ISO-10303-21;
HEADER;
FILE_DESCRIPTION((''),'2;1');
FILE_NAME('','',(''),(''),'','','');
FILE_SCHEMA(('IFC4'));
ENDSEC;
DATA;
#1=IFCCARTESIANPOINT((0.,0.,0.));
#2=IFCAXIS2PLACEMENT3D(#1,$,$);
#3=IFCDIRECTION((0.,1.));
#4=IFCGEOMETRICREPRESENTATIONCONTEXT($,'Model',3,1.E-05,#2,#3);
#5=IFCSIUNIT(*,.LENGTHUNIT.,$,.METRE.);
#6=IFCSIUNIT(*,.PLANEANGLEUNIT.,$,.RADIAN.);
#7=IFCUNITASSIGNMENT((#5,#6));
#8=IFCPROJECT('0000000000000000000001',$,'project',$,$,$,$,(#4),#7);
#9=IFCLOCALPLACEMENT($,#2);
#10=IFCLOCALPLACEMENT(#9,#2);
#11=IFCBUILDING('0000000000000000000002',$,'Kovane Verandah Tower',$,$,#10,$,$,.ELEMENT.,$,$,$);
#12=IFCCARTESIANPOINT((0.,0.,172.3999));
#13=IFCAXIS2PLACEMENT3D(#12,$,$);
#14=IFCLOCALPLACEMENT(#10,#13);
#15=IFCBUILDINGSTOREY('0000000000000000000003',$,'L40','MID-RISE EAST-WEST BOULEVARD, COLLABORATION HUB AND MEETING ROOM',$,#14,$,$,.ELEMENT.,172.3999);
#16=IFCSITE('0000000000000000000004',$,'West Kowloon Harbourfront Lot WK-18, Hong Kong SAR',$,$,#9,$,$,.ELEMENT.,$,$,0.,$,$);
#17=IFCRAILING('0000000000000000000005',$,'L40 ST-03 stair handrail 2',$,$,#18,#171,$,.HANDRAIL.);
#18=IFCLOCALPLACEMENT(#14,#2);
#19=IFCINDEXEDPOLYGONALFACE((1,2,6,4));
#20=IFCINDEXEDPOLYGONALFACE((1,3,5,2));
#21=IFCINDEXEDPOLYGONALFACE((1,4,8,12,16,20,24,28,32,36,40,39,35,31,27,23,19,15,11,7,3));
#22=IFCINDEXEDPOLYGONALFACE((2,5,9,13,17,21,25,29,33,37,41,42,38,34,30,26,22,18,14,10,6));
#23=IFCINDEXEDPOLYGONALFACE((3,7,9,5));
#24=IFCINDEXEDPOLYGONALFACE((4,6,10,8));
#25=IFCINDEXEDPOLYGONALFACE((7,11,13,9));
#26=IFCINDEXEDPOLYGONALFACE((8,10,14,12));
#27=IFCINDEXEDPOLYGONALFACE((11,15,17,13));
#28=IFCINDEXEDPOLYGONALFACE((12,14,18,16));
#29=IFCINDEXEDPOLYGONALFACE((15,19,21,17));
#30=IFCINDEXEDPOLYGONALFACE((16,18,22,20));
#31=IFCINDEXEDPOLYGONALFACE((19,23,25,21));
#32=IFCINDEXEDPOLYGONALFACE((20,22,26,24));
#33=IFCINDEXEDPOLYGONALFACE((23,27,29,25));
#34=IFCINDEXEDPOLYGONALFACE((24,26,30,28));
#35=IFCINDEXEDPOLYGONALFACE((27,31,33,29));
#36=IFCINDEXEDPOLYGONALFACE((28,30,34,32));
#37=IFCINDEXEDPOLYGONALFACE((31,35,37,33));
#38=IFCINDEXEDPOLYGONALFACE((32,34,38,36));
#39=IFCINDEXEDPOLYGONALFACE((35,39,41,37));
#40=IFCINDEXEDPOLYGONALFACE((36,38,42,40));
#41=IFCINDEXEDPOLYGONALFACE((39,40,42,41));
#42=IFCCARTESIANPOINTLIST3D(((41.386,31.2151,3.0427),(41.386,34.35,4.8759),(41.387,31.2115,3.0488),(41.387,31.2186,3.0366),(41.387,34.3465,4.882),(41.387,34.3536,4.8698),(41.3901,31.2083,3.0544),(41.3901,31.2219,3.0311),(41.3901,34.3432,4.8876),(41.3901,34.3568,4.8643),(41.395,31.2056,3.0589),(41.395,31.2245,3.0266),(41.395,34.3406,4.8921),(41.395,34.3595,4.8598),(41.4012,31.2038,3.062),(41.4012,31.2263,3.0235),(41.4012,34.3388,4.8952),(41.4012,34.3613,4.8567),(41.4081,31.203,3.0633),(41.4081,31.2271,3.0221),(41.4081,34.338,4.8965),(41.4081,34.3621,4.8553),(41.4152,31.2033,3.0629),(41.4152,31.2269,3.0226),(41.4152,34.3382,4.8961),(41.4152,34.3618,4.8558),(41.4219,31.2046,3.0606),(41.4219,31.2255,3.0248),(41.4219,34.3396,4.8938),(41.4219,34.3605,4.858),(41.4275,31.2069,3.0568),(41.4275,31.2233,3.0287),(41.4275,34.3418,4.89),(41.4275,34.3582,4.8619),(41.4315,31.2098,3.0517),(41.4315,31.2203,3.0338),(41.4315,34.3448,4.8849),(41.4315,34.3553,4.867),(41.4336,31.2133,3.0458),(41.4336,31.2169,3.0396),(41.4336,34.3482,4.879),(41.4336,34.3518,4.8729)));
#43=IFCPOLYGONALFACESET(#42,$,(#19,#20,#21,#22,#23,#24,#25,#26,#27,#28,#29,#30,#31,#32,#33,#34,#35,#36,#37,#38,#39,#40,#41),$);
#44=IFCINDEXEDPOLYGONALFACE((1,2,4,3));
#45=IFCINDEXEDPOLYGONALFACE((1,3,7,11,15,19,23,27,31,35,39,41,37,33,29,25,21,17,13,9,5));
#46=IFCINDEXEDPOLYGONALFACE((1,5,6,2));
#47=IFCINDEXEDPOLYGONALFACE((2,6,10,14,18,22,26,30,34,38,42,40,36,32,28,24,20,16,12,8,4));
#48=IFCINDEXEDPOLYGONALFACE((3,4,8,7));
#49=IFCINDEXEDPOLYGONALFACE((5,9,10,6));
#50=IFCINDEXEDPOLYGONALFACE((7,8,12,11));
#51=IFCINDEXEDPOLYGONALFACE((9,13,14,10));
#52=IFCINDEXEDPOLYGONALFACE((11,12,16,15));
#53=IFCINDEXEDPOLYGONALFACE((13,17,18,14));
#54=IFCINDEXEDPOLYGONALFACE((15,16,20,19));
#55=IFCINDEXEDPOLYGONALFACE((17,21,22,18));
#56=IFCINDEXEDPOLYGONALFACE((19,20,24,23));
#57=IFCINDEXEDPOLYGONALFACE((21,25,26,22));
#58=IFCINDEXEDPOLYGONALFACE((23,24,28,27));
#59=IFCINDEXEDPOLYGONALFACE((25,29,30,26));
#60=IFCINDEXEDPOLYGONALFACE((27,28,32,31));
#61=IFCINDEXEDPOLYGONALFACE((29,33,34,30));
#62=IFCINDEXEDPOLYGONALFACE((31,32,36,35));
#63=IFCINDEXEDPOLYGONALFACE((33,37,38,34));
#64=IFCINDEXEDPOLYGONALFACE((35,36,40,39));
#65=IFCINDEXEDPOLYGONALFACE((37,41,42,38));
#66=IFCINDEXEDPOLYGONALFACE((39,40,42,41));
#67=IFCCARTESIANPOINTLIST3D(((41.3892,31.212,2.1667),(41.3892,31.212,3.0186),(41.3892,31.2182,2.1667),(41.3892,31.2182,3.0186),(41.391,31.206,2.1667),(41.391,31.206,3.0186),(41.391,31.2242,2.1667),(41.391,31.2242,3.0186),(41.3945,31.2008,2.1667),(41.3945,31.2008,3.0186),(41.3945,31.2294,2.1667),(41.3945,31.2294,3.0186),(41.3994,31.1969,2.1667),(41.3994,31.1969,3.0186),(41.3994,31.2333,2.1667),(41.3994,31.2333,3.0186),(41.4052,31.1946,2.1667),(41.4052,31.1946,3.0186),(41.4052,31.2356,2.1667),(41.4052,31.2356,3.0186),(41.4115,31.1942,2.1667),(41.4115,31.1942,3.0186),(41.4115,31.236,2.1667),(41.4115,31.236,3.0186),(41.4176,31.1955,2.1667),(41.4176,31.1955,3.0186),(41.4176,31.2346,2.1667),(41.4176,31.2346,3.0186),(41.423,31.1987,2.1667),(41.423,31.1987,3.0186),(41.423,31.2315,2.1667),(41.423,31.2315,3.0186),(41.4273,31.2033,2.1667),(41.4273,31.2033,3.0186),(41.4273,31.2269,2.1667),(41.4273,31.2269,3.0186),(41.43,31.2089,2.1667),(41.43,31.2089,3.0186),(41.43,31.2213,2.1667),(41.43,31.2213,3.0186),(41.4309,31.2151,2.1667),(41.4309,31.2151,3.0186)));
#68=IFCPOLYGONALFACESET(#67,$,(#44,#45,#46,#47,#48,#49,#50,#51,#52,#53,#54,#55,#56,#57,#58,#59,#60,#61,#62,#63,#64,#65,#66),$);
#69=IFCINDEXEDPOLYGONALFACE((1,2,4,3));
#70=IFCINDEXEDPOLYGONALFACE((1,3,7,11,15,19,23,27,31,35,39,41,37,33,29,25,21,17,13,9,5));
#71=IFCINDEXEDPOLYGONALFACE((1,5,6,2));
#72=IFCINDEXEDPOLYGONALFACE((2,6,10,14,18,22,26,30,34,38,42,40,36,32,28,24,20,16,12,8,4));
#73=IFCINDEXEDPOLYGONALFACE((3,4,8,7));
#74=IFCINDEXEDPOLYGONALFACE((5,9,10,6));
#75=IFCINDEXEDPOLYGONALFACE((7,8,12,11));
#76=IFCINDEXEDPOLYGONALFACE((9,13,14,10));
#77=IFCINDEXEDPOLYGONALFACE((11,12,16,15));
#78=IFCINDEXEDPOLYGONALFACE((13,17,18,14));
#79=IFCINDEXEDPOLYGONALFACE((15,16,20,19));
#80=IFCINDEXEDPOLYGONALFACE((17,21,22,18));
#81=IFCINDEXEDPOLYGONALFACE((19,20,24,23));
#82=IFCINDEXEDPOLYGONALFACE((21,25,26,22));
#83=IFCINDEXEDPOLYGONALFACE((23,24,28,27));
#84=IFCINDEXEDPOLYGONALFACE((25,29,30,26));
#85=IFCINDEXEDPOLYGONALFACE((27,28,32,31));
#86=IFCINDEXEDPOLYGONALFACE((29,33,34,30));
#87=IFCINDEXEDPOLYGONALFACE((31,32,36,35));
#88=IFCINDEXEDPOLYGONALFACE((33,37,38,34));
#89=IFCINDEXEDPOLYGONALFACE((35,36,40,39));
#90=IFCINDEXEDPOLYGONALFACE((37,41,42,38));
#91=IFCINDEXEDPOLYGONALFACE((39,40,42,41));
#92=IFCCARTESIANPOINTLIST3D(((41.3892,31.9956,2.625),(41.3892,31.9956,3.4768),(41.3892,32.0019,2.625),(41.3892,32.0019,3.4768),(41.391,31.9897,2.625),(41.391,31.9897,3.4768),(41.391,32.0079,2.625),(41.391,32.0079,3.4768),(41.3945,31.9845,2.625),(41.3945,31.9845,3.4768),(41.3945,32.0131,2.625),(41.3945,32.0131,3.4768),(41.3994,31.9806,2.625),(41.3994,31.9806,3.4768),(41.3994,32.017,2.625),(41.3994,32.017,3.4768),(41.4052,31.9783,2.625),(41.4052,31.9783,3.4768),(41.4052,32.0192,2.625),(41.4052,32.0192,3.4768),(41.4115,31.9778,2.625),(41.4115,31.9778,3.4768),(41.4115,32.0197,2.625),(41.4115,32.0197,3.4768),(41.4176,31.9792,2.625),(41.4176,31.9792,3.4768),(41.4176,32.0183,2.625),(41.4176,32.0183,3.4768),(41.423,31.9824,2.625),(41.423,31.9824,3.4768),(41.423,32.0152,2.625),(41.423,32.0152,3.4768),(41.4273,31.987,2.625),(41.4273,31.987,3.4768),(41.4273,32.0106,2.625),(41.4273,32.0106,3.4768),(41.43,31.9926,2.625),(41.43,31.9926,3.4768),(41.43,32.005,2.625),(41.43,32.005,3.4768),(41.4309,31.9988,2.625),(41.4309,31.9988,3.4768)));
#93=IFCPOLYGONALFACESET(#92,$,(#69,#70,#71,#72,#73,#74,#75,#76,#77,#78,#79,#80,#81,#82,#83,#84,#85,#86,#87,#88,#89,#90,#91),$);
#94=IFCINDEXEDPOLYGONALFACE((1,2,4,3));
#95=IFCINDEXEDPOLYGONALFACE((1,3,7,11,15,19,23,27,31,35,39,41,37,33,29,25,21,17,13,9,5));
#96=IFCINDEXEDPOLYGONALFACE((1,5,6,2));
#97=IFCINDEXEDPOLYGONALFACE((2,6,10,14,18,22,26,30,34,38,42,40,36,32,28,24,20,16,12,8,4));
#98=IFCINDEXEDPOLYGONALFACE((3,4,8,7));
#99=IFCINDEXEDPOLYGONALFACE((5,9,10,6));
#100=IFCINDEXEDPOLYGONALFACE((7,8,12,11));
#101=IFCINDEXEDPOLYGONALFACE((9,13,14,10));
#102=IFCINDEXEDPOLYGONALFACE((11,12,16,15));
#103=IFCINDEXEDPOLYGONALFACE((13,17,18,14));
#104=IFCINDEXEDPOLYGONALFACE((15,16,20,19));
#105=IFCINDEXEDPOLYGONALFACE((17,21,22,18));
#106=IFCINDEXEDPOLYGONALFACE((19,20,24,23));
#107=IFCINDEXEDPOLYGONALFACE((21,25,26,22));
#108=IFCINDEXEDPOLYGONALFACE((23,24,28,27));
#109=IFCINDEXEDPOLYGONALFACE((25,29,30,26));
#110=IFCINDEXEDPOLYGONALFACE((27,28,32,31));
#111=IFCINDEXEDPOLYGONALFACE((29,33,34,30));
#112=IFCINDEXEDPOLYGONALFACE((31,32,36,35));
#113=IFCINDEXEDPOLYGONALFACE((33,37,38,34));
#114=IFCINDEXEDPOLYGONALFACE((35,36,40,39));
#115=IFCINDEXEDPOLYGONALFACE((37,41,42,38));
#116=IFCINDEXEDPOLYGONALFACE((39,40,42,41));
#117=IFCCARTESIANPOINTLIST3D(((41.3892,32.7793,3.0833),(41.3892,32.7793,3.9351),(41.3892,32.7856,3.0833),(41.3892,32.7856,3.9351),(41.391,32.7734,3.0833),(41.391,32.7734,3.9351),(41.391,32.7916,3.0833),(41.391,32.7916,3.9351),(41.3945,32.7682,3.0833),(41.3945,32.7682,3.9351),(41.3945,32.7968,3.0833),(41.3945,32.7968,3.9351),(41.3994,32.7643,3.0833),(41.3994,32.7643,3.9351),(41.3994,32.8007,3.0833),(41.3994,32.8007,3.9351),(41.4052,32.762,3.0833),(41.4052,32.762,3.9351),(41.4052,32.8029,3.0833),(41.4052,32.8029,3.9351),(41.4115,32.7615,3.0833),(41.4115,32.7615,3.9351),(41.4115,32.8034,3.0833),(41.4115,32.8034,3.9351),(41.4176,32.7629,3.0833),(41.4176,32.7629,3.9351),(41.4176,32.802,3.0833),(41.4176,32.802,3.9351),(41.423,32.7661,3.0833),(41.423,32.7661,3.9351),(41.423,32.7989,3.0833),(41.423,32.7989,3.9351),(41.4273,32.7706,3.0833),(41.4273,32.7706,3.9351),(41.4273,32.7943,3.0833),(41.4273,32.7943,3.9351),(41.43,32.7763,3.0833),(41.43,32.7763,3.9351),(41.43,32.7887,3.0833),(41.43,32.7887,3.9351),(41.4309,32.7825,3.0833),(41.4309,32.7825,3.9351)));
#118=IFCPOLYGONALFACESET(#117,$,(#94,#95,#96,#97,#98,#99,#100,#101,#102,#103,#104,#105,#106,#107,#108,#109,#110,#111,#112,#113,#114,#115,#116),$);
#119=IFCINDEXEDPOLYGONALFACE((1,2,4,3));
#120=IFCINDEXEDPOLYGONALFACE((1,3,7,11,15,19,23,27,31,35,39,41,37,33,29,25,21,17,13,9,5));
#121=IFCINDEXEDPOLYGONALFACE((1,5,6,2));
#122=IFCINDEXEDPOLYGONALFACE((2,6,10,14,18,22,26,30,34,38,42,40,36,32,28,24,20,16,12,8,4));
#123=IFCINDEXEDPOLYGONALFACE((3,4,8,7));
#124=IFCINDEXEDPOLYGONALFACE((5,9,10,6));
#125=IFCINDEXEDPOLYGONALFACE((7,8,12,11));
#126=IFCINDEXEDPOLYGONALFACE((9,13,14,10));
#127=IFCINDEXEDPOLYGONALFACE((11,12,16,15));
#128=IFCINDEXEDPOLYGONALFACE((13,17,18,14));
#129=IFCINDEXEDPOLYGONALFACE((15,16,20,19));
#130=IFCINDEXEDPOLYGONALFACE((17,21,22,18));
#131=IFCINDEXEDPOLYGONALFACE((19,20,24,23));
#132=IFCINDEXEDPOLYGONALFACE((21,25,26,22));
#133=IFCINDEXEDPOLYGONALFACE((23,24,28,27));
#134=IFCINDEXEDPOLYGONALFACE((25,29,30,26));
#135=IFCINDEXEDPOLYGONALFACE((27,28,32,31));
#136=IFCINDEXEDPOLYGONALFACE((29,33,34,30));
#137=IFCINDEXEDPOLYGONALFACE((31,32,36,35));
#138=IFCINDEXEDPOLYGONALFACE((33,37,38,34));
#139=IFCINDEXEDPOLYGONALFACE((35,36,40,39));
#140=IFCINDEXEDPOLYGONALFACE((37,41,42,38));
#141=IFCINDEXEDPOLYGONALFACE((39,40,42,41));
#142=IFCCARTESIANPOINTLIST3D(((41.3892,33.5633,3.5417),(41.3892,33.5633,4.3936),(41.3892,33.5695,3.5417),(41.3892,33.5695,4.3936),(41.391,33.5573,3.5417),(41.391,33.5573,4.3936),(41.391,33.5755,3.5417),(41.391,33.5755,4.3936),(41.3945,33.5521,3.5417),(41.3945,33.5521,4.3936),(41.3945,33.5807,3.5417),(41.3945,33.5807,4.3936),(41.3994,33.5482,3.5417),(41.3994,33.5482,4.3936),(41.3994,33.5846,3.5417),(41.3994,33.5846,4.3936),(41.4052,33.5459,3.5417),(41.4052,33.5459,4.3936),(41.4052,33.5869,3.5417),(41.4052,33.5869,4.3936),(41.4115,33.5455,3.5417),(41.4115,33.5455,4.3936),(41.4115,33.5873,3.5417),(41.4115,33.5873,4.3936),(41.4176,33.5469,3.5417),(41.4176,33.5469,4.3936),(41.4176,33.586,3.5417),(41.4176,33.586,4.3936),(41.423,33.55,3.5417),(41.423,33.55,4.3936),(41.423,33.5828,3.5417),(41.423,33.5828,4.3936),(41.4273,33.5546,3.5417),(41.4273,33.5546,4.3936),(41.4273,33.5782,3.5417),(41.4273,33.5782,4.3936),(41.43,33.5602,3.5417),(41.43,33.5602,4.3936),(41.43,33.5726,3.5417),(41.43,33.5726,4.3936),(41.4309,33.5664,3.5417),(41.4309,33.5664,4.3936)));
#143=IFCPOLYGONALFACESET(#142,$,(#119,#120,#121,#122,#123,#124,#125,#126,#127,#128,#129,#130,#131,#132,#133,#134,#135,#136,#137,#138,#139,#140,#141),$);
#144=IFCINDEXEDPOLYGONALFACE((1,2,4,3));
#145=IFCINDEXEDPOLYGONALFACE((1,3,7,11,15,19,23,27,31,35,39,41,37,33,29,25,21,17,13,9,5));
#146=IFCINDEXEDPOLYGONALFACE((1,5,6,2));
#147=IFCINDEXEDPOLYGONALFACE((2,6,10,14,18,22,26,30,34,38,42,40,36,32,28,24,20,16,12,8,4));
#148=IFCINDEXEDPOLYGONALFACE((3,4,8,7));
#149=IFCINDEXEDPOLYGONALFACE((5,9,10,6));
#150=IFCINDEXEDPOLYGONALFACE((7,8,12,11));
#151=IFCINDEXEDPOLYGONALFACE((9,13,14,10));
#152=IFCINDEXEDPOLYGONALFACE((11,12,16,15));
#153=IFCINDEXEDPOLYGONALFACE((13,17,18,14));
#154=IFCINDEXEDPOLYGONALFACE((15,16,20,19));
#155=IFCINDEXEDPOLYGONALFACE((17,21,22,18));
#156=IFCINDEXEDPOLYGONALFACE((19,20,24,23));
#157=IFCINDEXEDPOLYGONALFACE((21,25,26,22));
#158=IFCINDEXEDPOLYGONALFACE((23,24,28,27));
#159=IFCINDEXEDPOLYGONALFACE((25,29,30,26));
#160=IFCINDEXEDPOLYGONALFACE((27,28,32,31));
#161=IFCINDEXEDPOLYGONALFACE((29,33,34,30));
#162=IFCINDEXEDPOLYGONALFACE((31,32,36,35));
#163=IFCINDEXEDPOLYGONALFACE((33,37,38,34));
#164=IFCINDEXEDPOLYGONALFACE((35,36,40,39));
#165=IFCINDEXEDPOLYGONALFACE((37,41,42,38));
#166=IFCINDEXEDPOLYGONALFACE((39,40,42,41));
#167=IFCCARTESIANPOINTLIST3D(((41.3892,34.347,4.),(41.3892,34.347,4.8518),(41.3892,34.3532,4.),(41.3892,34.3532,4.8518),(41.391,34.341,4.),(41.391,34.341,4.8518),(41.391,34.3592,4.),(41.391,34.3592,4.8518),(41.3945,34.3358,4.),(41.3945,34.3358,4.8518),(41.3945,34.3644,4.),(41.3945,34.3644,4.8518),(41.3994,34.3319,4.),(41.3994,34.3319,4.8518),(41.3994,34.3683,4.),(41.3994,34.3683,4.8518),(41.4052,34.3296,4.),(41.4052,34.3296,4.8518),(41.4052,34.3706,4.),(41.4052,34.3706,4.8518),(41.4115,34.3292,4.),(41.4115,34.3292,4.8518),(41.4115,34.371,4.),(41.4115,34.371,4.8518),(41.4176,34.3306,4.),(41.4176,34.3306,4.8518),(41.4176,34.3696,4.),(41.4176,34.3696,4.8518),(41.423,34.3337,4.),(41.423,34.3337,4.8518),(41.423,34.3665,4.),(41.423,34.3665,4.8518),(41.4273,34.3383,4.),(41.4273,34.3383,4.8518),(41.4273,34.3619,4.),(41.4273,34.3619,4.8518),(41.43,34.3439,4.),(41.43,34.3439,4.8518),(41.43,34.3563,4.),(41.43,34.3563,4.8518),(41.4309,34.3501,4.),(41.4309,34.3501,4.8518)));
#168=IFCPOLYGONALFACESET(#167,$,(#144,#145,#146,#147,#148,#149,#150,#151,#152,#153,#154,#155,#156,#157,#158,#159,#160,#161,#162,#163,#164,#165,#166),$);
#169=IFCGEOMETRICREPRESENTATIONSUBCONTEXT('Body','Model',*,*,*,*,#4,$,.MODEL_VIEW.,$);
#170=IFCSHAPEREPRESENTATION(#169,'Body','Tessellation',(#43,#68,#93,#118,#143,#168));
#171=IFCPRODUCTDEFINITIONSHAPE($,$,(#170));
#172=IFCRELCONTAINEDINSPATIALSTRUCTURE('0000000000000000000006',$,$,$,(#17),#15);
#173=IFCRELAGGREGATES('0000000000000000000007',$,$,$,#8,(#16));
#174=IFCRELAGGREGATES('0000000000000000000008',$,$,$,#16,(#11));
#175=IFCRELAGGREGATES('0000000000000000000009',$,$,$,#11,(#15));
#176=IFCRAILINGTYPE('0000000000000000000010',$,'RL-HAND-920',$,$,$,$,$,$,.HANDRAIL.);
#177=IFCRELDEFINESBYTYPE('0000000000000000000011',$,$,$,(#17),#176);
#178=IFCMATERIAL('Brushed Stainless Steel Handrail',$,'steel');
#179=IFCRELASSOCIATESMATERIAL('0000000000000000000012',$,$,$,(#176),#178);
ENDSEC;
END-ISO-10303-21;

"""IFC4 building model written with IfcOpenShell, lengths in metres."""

from ifc_helpers import new_model, si_unit, direction, frame, origin, origin_2d, place, context, subcontext, project, spatial, circle, extrude, material, type_object, element, save


model = new_model("IFC4")

# Units and contexts
model_context = context("Model", 3, precision=1e-05, world=origin(), true_north=direction((0.0, 1.0)))
body_context = subcontext(model_context, "Body", "Model", "MODEL_VIEW")
ifc_project = project(units=[si_unit("LENGTHUNIT", "METRE"), si_unit("PLANEANGLEUNIT", "RADIAN")], contexts=[model_context])

# Site, building, storey
site_placement = place(None, origin())
site = spatial("IfcSite", under=ifc_project, at=site_placement, Name="West Kowloon Harbourfront Lot WK-18, Hong Kong SAR", CompositionType="ELEMENT", RefElevation=0.0)
building_placement = place(site_placement, origin())
building = spatial("IfcBuilding", under=site, at=building_placement, Name="Kovane Verandah Tower", CompositionType="ELEMENT")
storey_placement = place(building_placement, frame((0.0, 0.0, 172.3999)))
storey = spatial("IfcBuildingStorey", under=building, at=storey_placement, Name="L40", Description="MID-RISE EAST-WEST BOULEVARD, COLLABORATION HUB AND MEETING ROOM", CompositionType="ELEMENT", Elevation=172.3999)

# Railing
ifc_material_1 = material(Name="Brushed Stainless Steel Handrail", Category="steel")
railing_type_1 = type_object("IfcRailingType", Name="RL-HAND-920", PredefinedType="HANDRAIL", material=ifc_material_1)
railing_1_placement = place(storey_placement, frame((41.4099, 31.2151, 2.1667)))
element("IfcRailing", 1, at=railing_1_placement, inside=storey, type_object=railing_type_1, Name="L40 ST-03 stair handrail 2", PredefinedType="HANDRAIL", context=body_context, shape_type="SweptSolid", body=[
    extrude(circle(Radius=0.0239, at=origin_2d()), frame((0.0, 0.0, 0.876), z_axis=(0.0, 0.86324, 0.504794), x_axis=(-1.0, 0.0, 0.0)), (0.0, 0.0, 1.0), 3.6316),
    extrude(circle(Radius=0.021, at=origin_2d()), origin(), (0.0, 0.0, 1.0), 0.8518),
    extrude(circle(Radius=0.021, at=origin_2d()), frame((0.0, 0.7837, 0.4583)), (0.0, 0.0, 1.0), 0.8518),
    extrude(circle(Radius=0.021, at=origin_2d()), frame((0.0, 1.5674, 0.9165)), (0.0, 0.0, 1.0), 0.8518),
    extrude(circle(Radius=0.021, at=origin_2d()), frame((0.0, 2.3513, 1.375)), (0.0, 0.0, 1.0), 0.8518),
    extrude(circle(Radius=0.021, at=origin_2d()), frame((0.0, 3.135, 1.8333)), (0.0, 0.0, 1.0), 0.8518),
])

save(model, "model.ifc")
